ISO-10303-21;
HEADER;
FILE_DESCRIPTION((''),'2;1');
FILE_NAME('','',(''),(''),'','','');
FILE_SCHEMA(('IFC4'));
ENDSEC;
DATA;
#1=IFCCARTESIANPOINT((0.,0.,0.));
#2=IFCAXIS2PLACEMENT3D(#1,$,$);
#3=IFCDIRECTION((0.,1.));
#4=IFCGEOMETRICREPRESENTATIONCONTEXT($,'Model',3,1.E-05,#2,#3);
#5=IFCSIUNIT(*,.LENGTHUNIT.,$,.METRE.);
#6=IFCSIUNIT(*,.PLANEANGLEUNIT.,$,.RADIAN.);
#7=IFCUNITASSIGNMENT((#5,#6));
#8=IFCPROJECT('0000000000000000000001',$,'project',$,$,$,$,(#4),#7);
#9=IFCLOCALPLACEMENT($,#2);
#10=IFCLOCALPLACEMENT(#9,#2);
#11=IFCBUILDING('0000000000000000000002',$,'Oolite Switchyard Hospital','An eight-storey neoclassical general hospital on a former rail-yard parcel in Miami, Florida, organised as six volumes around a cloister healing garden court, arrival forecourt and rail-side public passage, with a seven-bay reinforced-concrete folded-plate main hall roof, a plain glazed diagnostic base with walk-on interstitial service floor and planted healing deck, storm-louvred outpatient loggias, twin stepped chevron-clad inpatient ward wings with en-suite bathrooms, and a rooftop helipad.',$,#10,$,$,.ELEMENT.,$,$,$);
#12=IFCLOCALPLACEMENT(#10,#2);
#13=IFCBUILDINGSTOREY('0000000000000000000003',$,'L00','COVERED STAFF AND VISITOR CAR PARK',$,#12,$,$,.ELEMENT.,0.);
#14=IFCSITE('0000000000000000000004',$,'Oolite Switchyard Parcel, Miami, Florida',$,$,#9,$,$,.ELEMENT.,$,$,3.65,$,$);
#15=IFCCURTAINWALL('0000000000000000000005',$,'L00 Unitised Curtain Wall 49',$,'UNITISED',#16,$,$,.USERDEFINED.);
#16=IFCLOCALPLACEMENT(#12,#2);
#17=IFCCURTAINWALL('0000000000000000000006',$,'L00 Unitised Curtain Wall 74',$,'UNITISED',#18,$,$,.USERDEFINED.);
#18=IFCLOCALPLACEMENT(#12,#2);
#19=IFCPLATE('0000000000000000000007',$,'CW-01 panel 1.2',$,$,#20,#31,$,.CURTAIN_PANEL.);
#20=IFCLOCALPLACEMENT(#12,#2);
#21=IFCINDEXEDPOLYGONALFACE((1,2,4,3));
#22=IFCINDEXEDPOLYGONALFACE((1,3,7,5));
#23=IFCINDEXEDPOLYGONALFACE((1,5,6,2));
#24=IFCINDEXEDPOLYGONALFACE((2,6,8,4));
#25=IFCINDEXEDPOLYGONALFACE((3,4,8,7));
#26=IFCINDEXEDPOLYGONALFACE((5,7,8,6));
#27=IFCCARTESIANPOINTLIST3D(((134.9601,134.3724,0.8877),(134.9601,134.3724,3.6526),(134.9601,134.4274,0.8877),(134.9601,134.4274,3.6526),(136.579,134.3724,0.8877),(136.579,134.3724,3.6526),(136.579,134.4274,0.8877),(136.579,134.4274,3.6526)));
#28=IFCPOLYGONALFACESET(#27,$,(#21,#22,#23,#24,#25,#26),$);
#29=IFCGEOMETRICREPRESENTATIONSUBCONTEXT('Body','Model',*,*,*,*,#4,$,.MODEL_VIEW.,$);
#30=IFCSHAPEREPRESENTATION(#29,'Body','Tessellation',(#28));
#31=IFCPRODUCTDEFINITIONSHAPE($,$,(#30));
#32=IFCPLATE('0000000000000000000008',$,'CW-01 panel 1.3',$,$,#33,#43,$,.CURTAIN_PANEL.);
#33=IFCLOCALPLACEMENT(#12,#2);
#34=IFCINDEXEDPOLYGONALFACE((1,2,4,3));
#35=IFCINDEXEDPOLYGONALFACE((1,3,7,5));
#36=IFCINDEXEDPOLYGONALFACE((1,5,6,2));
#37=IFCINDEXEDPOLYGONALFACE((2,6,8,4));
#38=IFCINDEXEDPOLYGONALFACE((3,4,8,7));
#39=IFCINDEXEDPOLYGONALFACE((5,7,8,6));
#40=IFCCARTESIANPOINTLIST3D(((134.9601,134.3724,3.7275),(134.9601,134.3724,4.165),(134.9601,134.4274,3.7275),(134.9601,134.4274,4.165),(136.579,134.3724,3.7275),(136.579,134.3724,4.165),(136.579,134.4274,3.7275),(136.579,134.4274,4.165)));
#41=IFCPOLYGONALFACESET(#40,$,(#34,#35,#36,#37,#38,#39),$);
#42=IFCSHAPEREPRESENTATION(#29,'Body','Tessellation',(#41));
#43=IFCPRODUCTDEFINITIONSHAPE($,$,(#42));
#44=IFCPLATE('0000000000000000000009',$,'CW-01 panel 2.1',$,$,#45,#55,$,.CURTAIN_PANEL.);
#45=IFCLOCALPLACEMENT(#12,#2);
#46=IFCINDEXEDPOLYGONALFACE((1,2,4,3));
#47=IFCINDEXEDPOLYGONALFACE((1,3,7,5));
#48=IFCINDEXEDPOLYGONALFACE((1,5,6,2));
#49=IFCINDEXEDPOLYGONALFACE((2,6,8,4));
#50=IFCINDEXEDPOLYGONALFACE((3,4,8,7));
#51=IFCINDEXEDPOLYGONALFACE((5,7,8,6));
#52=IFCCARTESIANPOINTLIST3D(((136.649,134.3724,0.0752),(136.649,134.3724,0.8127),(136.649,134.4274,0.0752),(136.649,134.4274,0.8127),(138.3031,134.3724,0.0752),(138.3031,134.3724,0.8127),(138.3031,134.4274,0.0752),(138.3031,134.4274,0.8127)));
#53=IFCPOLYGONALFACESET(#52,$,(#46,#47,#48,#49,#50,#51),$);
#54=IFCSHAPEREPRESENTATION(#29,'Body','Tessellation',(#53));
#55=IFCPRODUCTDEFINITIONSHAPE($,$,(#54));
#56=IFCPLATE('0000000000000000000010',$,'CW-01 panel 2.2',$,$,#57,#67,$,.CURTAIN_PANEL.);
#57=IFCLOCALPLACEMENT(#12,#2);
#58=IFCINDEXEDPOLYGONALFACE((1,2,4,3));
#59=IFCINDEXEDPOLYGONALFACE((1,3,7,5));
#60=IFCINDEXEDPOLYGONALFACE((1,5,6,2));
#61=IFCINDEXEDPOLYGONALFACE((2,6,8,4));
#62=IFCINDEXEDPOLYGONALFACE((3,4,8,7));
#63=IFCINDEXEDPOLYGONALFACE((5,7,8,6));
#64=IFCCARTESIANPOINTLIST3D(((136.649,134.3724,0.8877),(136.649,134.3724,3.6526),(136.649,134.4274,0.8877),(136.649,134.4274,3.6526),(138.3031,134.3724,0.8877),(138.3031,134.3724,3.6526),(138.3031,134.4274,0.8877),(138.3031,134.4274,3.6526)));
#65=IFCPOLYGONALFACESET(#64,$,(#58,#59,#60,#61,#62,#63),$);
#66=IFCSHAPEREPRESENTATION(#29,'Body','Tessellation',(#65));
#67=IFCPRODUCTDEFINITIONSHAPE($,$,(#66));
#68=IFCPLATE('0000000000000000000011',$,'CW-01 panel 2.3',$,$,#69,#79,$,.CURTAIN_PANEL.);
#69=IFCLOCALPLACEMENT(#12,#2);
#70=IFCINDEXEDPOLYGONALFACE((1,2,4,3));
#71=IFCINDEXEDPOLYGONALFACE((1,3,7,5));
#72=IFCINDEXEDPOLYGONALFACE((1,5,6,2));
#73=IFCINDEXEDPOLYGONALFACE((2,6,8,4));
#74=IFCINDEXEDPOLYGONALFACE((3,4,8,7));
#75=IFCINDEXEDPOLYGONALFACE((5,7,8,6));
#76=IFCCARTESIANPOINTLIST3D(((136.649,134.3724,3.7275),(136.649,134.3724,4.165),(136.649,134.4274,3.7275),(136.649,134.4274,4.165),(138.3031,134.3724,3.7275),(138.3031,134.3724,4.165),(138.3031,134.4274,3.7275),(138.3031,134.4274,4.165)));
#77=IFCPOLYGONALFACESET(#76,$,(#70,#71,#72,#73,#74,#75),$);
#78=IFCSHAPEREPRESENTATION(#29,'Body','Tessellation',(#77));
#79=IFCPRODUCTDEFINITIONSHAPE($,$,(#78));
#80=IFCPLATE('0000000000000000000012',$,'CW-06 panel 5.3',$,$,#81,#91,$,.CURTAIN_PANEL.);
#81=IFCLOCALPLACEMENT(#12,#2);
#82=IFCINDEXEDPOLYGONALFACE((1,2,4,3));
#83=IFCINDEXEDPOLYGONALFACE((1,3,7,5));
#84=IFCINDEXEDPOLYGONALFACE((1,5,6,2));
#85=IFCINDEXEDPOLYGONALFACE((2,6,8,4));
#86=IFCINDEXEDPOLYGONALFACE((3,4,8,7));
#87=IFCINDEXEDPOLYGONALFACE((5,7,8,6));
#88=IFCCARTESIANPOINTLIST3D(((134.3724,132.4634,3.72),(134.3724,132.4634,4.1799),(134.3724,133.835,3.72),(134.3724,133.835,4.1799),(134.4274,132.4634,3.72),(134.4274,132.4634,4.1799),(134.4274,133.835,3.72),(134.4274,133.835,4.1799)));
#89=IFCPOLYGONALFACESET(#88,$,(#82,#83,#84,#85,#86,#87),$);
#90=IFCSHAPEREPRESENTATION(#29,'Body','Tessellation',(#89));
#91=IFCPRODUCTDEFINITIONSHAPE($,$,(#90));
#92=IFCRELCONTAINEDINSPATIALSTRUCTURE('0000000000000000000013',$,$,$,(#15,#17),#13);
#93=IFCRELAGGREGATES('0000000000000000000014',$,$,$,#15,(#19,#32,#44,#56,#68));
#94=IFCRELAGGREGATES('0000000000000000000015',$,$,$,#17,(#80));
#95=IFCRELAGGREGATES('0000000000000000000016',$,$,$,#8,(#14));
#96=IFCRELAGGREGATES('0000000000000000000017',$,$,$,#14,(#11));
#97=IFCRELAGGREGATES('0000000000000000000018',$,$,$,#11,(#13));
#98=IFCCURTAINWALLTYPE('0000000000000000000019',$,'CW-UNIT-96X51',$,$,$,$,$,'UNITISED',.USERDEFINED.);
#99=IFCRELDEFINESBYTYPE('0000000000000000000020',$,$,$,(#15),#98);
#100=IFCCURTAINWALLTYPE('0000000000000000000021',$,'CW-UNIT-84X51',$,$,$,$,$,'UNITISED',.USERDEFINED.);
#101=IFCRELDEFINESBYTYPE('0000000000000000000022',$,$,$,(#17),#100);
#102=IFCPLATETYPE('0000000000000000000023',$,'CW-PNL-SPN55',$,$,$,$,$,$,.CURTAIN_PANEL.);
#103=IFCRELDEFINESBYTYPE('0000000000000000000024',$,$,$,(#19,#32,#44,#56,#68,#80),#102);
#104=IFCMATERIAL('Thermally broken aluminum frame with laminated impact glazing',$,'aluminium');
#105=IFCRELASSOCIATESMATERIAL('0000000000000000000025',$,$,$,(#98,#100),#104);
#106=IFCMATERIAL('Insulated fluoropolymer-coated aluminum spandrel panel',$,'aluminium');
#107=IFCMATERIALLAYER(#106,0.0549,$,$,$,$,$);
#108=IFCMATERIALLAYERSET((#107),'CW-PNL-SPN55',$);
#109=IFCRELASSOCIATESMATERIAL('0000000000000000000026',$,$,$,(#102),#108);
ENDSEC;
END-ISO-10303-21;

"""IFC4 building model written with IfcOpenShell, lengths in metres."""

from ifc_helpers import new_model, si_unit, direction, frame, origin, origin_2d, place, context, subcontext, project, spatial, rectangle, extrude, material, layer, layer_set, type_object, element, aggregate, save


model = new_model("IFC4")

# Units and contexts
model_context = context("Model", 3, precision=1e-05, world=origin(), true_north=direction((0.0, 1.0)))
body_context = subcontext(model_context, "Body", "Model", "MODEL_VIEW")
ifc_project = project(units=[si_unit("LENGTHUNIT", "METRE"), si_unit("PLANEANGLEUNIT", "RADIAN")], contexts=[model_context])

# Site, building, storey
site_placement = place(None, origin())
site = spatial("IfcSite", under=ifc_project, at=site_placement, Name="Oolite Switchyard Parcel, Miami, Florida", CompositionType="ELEMENT", RefElevation=3.65)
building_placement = place(site_placement, origin())
building = spatial("IfcBuilding", under=site, at=building_placement, Name="Oolite Switchyard Hospital", Description="An eight-storey neoclassical general hospital on a former rail-yard parcel in Miami, Florida, organised as six volumes around a cloister healing garden court, arrival forecourt and rail-side public passage, with a seven-bay reinforced-concrete folded-plate main hall roof, a plain glazed diagnostic base with walk-on interstitial service floor and planted healing deck, storm-louvred outpatient loggias, twin stepped chevron-clad inpatient ward wings with en-suite bathrooms, and a rooftop helipad.", CompositionType="ELEMENT")
storey_placement = place(building_placement, origin())
storey = spatial("IfcBuildingStorey", under=building, at=storey_placement, Name="L00", Description="COVERED STAFF AND VISITOR CAR PARK", CompositionType="ELEMENT", Elevation=0.0)

# Curtain wall
ifc_material_1 = material(Name="Thermally broken aluminum frame with laminated impact glazing", Category="aluminium")
curtain_wall_type_1 = type_object("IfcCurtainWallType", Name="CW-UNIT-96X51", ElementType="UNITISED", PredefinedType="USERDEFINED", material=ifc_material_1)
curtain_wall_1_placement = place(storey_placement, origin())
curtain_wall_1 = element("IfcCurtainWall", 1, at=curtain_wall_1_placement, inside=storey, type_object=curtain_wall_type_1, Name="L00 Unitised Curtain Wall 49", ObjectType="UNITISED", PredefinedType="USERDEFINED")

# Curtain wall
curtain_wall_type_2 = type_object("IfcCurtainWallType", Name="CW-UNIT-84X51", ElementType="UNITISED", PredefinedType="USERDEFINED", material=ifc_material_1)
curtain_wall_2_placement = place(storey_placement, origin())
curtain_wall_2 = element("IfcCurtainWall", 2, at=curtain_wall_2_placement, inside=storey, type_object=curtain_wall_type_2, Name="L00 Unitised Curtain Wall 74", ObjectType="UNITISED", PredefinedType="USERDEFINED")

# Plates
ifc_material_2 = material(Name="Insulated fluoropolymer-coated aluminum spandrel panel", Category="aluminium")
ifc_layer = layer(ifc_material_2, 0.0549)
ifc_layer_set = layer_set([ifc_layer], Name="CW-PNL-SPN55")
plate_type = type_object("IfcPlateType", Name="CW-PNL-SPN55", PredefinedType="CURTAIN_PANEL", material=ifc_layer_set)
plate_1_placement = place(storey_placement, frame((135.7695, 134.3999, 0.8877), z_axis=(0.0, 0.0, 1.0), x_axis=(1.0, 0.0, 0.0)))
plate_1 = element("IfcPlate", 3, at=plate_1_placement, type_object=plate_type, Name="CW-01 panel 1.2", PredefinedType="CURTAIN_PANEL", context=body_context, shape_type="SweptSolid", body=[
    extrude(rectangle(XDim=1.6189, YDim=0.0549, at=origin_2d()), origin(), (0.0, 0.0, 1.0), 2.7649),
])
plate_2_placement = place(storey_placement, frame((135.7695, 134.3999, 3.7275), z_axis=(0.0, 0.0, 1.0), x_axis=(1.0, 0.0, 0.0)))
plate_2 = element("IfcPlate", 4, at=plate_2_placement, type_object=plate_type, Name="CW-01 panel 1.3", PredefinedType="CURTAIN_PANEL", context=body_context, shape_type="SweptSolid", body=[
    extrude(rectangle(XDim=1.6189, YDim=0.0549, at=origin_2d()), origin(), (0.0, 0.0, 1.0), 0.4375),
])
plate_3_placement = place(storey_placement, frame((137.4761, 134.3999, 0.0752), z_axis=(0.0, 0.0, 1.0), x_axis=(1.0, 0.0, 0.0)))
plate_3 = element("IfcPlate", 5, at=plate_3_placement, type_object=plate_type, Name="CW-01 panel 2.1", PredefinedType="CURTAIN_PANEL", context=body_context, shape_type="SweptSolid", body=[
    extrude(rectangle(XDim=1.6541, YDim=0.0549, at=origin_2d()), origin(), (0.0, 0.0, 1.0), 0.7375),
])
plate_4_placement = place(storey_placement, frame((137.4761, 134.3999, 0.8877), z_axis=(0.0, 0.0, 1.0), x_axis=(1.0, 0.0, 0.0)))
plate_4 = element("IfcPlate", 6, at=plate_4_placement, type_object=plate_type, Name="CW-01 panel 2.2", PredefinedType="CURTAIN_PANEL", context=body_context, shape_type="SweptSolid", body=[
    extrude(rectangle(XDim=1.6541, YDim=0.0549, at=origin_2d()), origin(), (0.0, 0.0, 1.0), 2.7649),
])
plate_5_placement = place(storey_placement, frame((137.4761, 134.3999, 3.7275), z_axis=(0.0, 0.0, 1.0), x_axis=(1.0, 0.0, 0.0)))
plate_5 = element("IfcPlate", 7, at=plate_5_placement, type_object=plate_type, Name="CW-01 panel 2.3", PredefinedType="CURTAIN_PANEL", context=body_context, shape_type="SweptSolid", body=[
    extrude(rectangle(XDim=1.6541, YDim=0.0549, at=origin_2d()), origin(), (0.0, 0.0, 1.0), 0.4375),
])
aggregate(curtain_wall_1, [plate_1, plate_2, plate_3, plate_4, plate_5])
plate_6_placement = place(storey_placement, frame((134.3999, 133.1492, 3.72), z_axis=(0.0, 0.0, 1.0), x_axis=(0.0, 1.0, 0.0)))
plate_6 = element("IfcPlate", 8, at=plate_6_placement, type_object=plate_type, Name="CW-06 panel 5.3", PredefinedType="CURTAIN_PANEL", context=body_context, shape_type="SweptSolid", body=[
    extrude(rectangle(XDim=1.3716, YDim=0.0549, at=origin_2d()), origin(), (0.0, 0.0, 1.0), 0.46),
])
aggregate(curtain_wall_2, [plate_6])

save(model, "model.ifc")
